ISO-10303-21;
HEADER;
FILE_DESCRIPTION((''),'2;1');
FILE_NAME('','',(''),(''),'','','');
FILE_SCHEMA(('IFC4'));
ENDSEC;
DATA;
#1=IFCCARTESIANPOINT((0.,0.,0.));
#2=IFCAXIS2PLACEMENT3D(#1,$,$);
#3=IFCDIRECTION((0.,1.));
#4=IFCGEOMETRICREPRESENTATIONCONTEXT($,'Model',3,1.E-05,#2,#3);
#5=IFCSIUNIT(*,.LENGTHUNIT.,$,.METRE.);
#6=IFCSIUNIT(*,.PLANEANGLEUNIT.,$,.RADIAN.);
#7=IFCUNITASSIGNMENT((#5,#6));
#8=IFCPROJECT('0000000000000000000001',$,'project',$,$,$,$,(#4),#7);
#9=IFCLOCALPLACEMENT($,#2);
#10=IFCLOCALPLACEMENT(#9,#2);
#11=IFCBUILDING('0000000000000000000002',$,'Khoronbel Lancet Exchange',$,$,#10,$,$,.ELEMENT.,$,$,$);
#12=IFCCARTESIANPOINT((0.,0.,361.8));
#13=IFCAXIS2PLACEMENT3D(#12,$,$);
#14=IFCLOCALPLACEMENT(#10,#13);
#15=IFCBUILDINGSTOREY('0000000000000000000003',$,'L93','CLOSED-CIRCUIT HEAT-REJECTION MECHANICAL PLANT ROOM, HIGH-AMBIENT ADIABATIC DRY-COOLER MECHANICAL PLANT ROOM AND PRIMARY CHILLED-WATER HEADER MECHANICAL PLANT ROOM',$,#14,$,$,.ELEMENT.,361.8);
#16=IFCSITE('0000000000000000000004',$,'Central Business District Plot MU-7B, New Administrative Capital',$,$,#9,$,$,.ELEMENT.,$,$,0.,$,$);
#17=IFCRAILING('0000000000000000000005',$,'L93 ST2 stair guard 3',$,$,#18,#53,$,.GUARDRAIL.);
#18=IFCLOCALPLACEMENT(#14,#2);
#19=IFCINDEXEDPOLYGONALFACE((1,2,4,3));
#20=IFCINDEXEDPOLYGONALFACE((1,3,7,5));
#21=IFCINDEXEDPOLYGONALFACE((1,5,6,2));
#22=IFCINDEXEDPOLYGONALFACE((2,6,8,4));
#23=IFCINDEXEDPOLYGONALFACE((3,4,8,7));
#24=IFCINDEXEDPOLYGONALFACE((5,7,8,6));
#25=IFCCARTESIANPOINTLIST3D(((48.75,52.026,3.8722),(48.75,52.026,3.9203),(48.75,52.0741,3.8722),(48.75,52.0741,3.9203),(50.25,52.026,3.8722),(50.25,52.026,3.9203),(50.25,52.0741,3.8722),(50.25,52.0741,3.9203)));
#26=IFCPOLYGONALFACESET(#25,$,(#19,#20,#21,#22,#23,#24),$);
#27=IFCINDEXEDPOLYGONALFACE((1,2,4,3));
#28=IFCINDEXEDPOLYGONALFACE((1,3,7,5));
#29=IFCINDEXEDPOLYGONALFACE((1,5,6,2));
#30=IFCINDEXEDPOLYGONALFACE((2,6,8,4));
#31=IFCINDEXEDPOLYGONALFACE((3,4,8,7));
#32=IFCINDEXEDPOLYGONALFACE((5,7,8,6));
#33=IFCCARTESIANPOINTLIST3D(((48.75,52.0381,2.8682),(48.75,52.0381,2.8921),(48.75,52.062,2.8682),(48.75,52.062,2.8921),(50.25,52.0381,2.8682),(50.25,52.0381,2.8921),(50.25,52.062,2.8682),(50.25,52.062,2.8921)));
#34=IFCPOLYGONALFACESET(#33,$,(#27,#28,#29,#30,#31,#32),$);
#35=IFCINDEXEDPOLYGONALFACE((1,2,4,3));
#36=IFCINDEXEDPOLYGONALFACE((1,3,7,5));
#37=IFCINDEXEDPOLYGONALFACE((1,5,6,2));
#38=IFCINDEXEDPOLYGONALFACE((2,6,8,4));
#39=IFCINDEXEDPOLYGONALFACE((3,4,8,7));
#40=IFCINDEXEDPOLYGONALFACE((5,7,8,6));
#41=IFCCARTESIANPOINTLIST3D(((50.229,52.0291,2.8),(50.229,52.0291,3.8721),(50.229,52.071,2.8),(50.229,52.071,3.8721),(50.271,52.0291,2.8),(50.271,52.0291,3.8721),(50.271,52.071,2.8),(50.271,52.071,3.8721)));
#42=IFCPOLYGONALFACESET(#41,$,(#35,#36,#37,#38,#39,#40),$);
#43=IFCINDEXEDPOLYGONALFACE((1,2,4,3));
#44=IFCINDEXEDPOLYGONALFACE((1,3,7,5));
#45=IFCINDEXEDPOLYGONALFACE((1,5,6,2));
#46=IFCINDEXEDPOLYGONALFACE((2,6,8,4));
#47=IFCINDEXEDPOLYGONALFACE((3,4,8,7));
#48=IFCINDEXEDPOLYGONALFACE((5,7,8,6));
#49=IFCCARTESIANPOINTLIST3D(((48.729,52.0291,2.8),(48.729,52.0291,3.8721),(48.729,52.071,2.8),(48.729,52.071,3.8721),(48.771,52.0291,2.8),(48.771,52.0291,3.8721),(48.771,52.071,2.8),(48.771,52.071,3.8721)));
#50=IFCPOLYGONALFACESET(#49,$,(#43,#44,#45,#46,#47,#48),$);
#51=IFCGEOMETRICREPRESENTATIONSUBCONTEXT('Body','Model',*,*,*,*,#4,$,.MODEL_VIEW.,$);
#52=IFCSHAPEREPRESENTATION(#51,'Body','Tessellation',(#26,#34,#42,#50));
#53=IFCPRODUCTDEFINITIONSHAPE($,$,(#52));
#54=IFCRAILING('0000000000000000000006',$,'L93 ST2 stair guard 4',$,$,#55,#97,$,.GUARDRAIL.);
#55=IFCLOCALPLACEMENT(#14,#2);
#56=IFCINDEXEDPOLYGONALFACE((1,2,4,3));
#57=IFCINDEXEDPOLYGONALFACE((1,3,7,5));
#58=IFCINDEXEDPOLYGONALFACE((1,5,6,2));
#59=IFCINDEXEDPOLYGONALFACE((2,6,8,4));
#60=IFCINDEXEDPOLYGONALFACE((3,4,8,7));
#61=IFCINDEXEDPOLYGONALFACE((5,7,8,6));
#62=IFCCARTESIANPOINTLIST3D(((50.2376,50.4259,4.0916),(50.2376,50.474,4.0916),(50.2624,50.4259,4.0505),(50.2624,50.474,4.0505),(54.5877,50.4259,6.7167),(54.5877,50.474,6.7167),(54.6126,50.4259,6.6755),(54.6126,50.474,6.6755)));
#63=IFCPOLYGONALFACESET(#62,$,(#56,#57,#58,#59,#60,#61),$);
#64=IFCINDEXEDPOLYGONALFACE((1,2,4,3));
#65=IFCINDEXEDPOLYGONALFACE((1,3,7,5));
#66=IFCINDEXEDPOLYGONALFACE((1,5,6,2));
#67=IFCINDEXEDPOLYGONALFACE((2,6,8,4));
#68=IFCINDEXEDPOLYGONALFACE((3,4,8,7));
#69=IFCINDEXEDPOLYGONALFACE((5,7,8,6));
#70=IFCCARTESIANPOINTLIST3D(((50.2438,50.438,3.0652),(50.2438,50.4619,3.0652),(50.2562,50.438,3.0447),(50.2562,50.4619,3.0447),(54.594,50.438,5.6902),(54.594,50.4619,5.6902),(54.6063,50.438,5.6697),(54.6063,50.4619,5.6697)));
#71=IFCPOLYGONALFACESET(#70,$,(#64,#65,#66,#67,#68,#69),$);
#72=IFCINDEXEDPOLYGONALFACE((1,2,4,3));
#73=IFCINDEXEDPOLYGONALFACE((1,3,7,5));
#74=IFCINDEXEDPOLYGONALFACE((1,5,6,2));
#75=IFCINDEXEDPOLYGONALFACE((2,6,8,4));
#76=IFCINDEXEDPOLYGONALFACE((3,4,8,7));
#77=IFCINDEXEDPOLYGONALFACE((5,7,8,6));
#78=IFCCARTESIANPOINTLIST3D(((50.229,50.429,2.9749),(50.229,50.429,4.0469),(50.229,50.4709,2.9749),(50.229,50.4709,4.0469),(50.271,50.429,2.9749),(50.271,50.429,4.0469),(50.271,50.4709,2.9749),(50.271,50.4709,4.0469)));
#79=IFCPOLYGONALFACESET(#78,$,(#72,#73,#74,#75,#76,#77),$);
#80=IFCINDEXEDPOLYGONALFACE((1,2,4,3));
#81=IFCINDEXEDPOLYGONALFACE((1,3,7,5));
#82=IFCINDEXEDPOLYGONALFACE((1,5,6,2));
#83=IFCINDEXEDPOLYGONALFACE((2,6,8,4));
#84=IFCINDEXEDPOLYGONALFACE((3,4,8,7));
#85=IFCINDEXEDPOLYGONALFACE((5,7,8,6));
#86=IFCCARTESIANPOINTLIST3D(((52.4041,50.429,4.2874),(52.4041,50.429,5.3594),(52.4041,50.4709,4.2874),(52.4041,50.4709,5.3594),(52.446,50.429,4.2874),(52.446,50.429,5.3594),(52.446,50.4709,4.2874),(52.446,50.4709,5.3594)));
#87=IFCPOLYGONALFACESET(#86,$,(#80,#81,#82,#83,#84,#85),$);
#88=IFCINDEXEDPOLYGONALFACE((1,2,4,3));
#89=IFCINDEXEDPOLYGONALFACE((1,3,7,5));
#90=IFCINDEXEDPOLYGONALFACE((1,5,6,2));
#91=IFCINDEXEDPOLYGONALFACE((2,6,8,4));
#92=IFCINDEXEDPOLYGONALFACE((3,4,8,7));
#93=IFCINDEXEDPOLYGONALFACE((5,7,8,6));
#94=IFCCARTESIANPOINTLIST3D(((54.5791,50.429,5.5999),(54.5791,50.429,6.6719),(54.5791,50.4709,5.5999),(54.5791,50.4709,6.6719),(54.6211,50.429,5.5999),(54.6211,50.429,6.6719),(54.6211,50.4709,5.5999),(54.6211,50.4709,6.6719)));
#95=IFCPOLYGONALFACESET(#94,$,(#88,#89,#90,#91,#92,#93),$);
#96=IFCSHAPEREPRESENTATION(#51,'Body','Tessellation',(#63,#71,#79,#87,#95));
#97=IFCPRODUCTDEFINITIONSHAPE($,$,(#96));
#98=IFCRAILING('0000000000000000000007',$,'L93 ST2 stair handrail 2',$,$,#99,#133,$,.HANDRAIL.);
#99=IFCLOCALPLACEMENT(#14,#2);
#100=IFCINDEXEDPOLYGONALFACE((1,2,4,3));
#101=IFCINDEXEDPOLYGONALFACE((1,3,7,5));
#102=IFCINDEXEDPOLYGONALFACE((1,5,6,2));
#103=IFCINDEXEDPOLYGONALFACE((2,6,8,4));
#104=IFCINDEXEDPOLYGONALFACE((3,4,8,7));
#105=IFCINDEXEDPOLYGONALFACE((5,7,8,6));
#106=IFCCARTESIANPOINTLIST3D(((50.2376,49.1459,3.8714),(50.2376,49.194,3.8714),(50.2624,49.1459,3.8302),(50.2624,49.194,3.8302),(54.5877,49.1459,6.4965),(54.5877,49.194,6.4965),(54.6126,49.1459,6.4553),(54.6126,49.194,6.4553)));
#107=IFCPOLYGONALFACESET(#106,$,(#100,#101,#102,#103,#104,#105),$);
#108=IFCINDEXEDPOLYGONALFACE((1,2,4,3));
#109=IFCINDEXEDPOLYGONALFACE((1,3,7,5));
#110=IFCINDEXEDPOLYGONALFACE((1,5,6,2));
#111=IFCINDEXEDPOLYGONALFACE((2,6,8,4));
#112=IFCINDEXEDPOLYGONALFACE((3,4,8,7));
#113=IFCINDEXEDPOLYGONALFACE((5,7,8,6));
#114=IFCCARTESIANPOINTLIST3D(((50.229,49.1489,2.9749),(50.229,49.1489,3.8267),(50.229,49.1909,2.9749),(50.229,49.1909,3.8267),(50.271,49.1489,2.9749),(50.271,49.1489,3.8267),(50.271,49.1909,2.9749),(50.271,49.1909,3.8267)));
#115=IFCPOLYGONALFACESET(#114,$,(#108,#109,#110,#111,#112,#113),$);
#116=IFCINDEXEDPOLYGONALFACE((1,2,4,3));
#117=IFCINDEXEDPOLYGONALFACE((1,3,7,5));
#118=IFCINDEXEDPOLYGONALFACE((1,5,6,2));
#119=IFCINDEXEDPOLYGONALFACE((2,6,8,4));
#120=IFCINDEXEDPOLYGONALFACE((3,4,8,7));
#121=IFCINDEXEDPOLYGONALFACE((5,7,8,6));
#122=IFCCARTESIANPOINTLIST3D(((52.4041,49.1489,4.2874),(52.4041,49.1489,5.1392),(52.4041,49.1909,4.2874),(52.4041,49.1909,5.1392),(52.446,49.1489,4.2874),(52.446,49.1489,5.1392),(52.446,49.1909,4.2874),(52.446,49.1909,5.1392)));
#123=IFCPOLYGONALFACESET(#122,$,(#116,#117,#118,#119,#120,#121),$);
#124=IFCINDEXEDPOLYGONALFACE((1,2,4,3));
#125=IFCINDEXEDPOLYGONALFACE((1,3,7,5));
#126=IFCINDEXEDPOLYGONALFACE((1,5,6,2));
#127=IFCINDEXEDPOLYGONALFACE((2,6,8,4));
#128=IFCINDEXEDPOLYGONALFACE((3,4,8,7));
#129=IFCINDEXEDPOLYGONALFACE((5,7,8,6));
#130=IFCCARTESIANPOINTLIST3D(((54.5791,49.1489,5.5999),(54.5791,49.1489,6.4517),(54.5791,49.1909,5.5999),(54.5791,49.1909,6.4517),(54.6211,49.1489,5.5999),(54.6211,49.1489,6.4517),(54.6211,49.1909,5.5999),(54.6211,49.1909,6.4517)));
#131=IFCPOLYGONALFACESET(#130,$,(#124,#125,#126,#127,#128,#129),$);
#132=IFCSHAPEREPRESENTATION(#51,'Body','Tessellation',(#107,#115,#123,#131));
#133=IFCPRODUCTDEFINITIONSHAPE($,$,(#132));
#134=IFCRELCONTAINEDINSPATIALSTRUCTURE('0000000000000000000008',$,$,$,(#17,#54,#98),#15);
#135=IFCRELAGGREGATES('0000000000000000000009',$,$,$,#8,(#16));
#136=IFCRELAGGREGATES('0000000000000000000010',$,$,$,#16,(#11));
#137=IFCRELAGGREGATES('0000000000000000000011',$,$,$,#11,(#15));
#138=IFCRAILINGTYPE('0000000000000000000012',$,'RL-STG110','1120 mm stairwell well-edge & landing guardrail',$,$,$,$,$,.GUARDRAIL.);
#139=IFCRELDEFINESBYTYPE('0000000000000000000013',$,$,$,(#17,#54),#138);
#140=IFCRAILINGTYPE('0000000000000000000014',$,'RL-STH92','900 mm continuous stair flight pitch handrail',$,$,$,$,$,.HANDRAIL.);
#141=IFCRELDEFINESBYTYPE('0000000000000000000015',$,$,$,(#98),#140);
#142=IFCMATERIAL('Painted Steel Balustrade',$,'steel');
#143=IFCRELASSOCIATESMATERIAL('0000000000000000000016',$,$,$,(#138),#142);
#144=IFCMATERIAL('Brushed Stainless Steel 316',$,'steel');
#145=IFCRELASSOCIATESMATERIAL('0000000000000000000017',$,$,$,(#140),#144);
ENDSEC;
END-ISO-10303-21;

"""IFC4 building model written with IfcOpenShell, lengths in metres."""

from ifc_helpers import new_model, si_unit, direction, frame, origin, origin_2d, place, context, subcontext, project, spatial, rectangle, extrude, material, type_object, element, save


model = new_model("IFC4")

# Units and contexts
model_context = context("Model", 3, precision=1e-05, world=origin(), true_north=direction((0.0, 1.0)))
body_context = subcontext(model_context, "Body", "Model", "MODEL_VIEW")
ifc_project = project(units=[si_unit("LENGTHUNIT", "METRE"), si_unit("PLANEANGLEUNIT", "RADIAN")], contexts=[model_context])

# Site, building, storey
site_placement = place(None, origin())
site = spatial("IfcSite", under=ifc_project, at=site_placement, Name="Central Business District Plot MU-7B, New Administrative Capital", CompositionType="ELEMENT", RefElevation=0.0)
building_placement = place(site_placement, origin())
building = spatial("IfcBuilding", under=site, at=building_placement, Name="Khoronbel Lancet Exchange", CompositionType="ELEMENT")
storey_placement = place(building_placement, frame((0.0, 0.0, 361.8)))
storey = spatial("IfcBuildingStorey", under=building, at=storey_placement, Name="L93", Description="CLOSED-CIRCUIT HEAT-REJECTION MECHANICAL PLANT ROOM, HIGH-AMBIENT ADIABATIC DRY-COOLER MECHANICAL PLANT ROOM AND PRIMARY CHILLED-WATER HEADER MECHANICAL PLANT ROOM", CompositionType="ELEMENT", Elevation=361.8)

# Railings
ifc_material_1 = material(Name="Painted Steel Balustrade", Category="steel")
railing_type_1 = type_object("IfcRailingType", Name="RL-STG110", Description="1120 mm stairwell well-edge & landing guardrail", PredefinedType="GUARDRAIL", material=ifc_material_1)
railing_1_placement = place(storey_placement, frame((50.25, 52.05, 2.8)))
element("IfcRailing", 1, at=railing_1_placement, inside=storey, type_object=railing_type_1, Name="L93 ST2 stair guard 3", PredefinedType="GUARDRAIL", context=body_context, shape_type="SweptSolid", body=[
    extrude(rectangle(XDim=0.0481, YDim=0.0481, at=origin_2d()), frame((0.0, 0.0, 1.0962), z_axis=(-1.0, 0.0, 0.0), x_axis=(0.0, -1.0, 0.0)), (0.0, 0.0, 1.0), 1.5),
    extrude(rectangle(XDim=0.0239, YDim=0.0239, at=origin_2d()), frame((0.0, 0.0, 0.0801), z_axis=(-1.0, 0.0, 0.0), x_axis=(0.0, -1.0, 0.0)), (0.0, 0.0, 1.0), 1.5),
    extrude(rectangle(XDim=0.042, YDim=0.042, at=origin_2d()), origin(), (0.0, 0.0, 1.0), 1.072),
    extrude(rectangle(XDim=0.042, YDim=0.042, at=origin_2d()), frame((-1.5, 0.0, 0.0)), (0.0, 0.0, 1.0), 1.072),
])
railing_2_placement = place(storey_placement, frame((50.25, 50.45, 2.9749)))
element("IfcRailing", 2, at=railing_2_placement, inside=storey, type_object=railing_type_1, Name="L93 ST2 stair guard 4", PredefinedType="GUARDRAIL", context=body_context, shape_type="SweptSolid", body=[
    extrude(rectangle(XDim=0.0481, YDim=0.0481, at=origin_2d()), frame((0.0, 0.0, 1.0962), z_axis=(0.856193, 0.0, 0.516656), x_axis=(0.0, 1.0, 0.0)), (0.0, 0.0, 1.0), 5.0808),
    extrude(rectangle(XDim=0.0239, YDim=0.0239, at=origin_2d()), frame((0.0, 0.0, 0.0801), z_axis=(0.856193, 0.0, 0.516656), x_axis=(0.0, 1.0, 0.0)), (0.0, 0.0, 1.0), 5.0808),
    extrude(rectangle(XDim=0.042, YDim=0.042, at=origin_2d()), origin(), (0.0, 0.0, 1.0), 1.072),
    extrude(rectangle(XDim=0.042, YDim=0.042, at=origin_2d()), frame((2.175, 0.0, 1.3125)), (0.0, 0.0, 1.0), 1.072),
    extrude(rectangle(XDim=0.042, YDim=0.042, at=origin_2d()), frame((4.3501, 0.0, 2.625)), (0.0, 0.0, 1.0), 1.072),
])
ifc_material_2 = material(Name="Brushed Stainless Steel 316", Category="steel")
railing_type_2 = type_object("IfcRailingType", Name="RL-STH92", Description="900 mm continuous stair flight pitch handrail", PredefinedType="HANDRAIL", material=ifc_material_2)
railing_3_placement = place(storey_placement, frame((50.25, 49.1699, 2.9749)))
element("IfcRailing", 3, at=railing_3_placement, inside=storey, type_object=railing_type_2, Name="L93 ST2 stair handrail 2", PredefinedType="HANDRAIL", context=body_context, shape_type="SweptSolid", body=[
    extrude(rectangle(XDim=0.0481, YDim=0.0481, at=origin_2d()), frame((0.0, 0.0, 0.876), z_axis=(0.856193, 0.0, 0.516656), x_axis=(0.0, 1.0, 0.0)), (0.0, 0.0, 1.0), 5.0808),
    extrude(rectangle(XDim=0.042, YDim=0.042, at=origin_2d()), origin(), (0.0, 0.0, 1.0), 0.8518),
    extrude(rectangle(XDim=0.042, YDim=0.042, at=origin_2d()), frame((2.175, 0.0, 1.3125)), (0.0, 0.0, 1.0), 0.8518),
    extrude(rectangle(XDim=0.042, YDim=0.042, at=origin_2d()), frame((4.3501, 0.0, 2.625)), (0.0, 0.0, 1.0), 0.8518),
])

save(model, "model.ifc")
